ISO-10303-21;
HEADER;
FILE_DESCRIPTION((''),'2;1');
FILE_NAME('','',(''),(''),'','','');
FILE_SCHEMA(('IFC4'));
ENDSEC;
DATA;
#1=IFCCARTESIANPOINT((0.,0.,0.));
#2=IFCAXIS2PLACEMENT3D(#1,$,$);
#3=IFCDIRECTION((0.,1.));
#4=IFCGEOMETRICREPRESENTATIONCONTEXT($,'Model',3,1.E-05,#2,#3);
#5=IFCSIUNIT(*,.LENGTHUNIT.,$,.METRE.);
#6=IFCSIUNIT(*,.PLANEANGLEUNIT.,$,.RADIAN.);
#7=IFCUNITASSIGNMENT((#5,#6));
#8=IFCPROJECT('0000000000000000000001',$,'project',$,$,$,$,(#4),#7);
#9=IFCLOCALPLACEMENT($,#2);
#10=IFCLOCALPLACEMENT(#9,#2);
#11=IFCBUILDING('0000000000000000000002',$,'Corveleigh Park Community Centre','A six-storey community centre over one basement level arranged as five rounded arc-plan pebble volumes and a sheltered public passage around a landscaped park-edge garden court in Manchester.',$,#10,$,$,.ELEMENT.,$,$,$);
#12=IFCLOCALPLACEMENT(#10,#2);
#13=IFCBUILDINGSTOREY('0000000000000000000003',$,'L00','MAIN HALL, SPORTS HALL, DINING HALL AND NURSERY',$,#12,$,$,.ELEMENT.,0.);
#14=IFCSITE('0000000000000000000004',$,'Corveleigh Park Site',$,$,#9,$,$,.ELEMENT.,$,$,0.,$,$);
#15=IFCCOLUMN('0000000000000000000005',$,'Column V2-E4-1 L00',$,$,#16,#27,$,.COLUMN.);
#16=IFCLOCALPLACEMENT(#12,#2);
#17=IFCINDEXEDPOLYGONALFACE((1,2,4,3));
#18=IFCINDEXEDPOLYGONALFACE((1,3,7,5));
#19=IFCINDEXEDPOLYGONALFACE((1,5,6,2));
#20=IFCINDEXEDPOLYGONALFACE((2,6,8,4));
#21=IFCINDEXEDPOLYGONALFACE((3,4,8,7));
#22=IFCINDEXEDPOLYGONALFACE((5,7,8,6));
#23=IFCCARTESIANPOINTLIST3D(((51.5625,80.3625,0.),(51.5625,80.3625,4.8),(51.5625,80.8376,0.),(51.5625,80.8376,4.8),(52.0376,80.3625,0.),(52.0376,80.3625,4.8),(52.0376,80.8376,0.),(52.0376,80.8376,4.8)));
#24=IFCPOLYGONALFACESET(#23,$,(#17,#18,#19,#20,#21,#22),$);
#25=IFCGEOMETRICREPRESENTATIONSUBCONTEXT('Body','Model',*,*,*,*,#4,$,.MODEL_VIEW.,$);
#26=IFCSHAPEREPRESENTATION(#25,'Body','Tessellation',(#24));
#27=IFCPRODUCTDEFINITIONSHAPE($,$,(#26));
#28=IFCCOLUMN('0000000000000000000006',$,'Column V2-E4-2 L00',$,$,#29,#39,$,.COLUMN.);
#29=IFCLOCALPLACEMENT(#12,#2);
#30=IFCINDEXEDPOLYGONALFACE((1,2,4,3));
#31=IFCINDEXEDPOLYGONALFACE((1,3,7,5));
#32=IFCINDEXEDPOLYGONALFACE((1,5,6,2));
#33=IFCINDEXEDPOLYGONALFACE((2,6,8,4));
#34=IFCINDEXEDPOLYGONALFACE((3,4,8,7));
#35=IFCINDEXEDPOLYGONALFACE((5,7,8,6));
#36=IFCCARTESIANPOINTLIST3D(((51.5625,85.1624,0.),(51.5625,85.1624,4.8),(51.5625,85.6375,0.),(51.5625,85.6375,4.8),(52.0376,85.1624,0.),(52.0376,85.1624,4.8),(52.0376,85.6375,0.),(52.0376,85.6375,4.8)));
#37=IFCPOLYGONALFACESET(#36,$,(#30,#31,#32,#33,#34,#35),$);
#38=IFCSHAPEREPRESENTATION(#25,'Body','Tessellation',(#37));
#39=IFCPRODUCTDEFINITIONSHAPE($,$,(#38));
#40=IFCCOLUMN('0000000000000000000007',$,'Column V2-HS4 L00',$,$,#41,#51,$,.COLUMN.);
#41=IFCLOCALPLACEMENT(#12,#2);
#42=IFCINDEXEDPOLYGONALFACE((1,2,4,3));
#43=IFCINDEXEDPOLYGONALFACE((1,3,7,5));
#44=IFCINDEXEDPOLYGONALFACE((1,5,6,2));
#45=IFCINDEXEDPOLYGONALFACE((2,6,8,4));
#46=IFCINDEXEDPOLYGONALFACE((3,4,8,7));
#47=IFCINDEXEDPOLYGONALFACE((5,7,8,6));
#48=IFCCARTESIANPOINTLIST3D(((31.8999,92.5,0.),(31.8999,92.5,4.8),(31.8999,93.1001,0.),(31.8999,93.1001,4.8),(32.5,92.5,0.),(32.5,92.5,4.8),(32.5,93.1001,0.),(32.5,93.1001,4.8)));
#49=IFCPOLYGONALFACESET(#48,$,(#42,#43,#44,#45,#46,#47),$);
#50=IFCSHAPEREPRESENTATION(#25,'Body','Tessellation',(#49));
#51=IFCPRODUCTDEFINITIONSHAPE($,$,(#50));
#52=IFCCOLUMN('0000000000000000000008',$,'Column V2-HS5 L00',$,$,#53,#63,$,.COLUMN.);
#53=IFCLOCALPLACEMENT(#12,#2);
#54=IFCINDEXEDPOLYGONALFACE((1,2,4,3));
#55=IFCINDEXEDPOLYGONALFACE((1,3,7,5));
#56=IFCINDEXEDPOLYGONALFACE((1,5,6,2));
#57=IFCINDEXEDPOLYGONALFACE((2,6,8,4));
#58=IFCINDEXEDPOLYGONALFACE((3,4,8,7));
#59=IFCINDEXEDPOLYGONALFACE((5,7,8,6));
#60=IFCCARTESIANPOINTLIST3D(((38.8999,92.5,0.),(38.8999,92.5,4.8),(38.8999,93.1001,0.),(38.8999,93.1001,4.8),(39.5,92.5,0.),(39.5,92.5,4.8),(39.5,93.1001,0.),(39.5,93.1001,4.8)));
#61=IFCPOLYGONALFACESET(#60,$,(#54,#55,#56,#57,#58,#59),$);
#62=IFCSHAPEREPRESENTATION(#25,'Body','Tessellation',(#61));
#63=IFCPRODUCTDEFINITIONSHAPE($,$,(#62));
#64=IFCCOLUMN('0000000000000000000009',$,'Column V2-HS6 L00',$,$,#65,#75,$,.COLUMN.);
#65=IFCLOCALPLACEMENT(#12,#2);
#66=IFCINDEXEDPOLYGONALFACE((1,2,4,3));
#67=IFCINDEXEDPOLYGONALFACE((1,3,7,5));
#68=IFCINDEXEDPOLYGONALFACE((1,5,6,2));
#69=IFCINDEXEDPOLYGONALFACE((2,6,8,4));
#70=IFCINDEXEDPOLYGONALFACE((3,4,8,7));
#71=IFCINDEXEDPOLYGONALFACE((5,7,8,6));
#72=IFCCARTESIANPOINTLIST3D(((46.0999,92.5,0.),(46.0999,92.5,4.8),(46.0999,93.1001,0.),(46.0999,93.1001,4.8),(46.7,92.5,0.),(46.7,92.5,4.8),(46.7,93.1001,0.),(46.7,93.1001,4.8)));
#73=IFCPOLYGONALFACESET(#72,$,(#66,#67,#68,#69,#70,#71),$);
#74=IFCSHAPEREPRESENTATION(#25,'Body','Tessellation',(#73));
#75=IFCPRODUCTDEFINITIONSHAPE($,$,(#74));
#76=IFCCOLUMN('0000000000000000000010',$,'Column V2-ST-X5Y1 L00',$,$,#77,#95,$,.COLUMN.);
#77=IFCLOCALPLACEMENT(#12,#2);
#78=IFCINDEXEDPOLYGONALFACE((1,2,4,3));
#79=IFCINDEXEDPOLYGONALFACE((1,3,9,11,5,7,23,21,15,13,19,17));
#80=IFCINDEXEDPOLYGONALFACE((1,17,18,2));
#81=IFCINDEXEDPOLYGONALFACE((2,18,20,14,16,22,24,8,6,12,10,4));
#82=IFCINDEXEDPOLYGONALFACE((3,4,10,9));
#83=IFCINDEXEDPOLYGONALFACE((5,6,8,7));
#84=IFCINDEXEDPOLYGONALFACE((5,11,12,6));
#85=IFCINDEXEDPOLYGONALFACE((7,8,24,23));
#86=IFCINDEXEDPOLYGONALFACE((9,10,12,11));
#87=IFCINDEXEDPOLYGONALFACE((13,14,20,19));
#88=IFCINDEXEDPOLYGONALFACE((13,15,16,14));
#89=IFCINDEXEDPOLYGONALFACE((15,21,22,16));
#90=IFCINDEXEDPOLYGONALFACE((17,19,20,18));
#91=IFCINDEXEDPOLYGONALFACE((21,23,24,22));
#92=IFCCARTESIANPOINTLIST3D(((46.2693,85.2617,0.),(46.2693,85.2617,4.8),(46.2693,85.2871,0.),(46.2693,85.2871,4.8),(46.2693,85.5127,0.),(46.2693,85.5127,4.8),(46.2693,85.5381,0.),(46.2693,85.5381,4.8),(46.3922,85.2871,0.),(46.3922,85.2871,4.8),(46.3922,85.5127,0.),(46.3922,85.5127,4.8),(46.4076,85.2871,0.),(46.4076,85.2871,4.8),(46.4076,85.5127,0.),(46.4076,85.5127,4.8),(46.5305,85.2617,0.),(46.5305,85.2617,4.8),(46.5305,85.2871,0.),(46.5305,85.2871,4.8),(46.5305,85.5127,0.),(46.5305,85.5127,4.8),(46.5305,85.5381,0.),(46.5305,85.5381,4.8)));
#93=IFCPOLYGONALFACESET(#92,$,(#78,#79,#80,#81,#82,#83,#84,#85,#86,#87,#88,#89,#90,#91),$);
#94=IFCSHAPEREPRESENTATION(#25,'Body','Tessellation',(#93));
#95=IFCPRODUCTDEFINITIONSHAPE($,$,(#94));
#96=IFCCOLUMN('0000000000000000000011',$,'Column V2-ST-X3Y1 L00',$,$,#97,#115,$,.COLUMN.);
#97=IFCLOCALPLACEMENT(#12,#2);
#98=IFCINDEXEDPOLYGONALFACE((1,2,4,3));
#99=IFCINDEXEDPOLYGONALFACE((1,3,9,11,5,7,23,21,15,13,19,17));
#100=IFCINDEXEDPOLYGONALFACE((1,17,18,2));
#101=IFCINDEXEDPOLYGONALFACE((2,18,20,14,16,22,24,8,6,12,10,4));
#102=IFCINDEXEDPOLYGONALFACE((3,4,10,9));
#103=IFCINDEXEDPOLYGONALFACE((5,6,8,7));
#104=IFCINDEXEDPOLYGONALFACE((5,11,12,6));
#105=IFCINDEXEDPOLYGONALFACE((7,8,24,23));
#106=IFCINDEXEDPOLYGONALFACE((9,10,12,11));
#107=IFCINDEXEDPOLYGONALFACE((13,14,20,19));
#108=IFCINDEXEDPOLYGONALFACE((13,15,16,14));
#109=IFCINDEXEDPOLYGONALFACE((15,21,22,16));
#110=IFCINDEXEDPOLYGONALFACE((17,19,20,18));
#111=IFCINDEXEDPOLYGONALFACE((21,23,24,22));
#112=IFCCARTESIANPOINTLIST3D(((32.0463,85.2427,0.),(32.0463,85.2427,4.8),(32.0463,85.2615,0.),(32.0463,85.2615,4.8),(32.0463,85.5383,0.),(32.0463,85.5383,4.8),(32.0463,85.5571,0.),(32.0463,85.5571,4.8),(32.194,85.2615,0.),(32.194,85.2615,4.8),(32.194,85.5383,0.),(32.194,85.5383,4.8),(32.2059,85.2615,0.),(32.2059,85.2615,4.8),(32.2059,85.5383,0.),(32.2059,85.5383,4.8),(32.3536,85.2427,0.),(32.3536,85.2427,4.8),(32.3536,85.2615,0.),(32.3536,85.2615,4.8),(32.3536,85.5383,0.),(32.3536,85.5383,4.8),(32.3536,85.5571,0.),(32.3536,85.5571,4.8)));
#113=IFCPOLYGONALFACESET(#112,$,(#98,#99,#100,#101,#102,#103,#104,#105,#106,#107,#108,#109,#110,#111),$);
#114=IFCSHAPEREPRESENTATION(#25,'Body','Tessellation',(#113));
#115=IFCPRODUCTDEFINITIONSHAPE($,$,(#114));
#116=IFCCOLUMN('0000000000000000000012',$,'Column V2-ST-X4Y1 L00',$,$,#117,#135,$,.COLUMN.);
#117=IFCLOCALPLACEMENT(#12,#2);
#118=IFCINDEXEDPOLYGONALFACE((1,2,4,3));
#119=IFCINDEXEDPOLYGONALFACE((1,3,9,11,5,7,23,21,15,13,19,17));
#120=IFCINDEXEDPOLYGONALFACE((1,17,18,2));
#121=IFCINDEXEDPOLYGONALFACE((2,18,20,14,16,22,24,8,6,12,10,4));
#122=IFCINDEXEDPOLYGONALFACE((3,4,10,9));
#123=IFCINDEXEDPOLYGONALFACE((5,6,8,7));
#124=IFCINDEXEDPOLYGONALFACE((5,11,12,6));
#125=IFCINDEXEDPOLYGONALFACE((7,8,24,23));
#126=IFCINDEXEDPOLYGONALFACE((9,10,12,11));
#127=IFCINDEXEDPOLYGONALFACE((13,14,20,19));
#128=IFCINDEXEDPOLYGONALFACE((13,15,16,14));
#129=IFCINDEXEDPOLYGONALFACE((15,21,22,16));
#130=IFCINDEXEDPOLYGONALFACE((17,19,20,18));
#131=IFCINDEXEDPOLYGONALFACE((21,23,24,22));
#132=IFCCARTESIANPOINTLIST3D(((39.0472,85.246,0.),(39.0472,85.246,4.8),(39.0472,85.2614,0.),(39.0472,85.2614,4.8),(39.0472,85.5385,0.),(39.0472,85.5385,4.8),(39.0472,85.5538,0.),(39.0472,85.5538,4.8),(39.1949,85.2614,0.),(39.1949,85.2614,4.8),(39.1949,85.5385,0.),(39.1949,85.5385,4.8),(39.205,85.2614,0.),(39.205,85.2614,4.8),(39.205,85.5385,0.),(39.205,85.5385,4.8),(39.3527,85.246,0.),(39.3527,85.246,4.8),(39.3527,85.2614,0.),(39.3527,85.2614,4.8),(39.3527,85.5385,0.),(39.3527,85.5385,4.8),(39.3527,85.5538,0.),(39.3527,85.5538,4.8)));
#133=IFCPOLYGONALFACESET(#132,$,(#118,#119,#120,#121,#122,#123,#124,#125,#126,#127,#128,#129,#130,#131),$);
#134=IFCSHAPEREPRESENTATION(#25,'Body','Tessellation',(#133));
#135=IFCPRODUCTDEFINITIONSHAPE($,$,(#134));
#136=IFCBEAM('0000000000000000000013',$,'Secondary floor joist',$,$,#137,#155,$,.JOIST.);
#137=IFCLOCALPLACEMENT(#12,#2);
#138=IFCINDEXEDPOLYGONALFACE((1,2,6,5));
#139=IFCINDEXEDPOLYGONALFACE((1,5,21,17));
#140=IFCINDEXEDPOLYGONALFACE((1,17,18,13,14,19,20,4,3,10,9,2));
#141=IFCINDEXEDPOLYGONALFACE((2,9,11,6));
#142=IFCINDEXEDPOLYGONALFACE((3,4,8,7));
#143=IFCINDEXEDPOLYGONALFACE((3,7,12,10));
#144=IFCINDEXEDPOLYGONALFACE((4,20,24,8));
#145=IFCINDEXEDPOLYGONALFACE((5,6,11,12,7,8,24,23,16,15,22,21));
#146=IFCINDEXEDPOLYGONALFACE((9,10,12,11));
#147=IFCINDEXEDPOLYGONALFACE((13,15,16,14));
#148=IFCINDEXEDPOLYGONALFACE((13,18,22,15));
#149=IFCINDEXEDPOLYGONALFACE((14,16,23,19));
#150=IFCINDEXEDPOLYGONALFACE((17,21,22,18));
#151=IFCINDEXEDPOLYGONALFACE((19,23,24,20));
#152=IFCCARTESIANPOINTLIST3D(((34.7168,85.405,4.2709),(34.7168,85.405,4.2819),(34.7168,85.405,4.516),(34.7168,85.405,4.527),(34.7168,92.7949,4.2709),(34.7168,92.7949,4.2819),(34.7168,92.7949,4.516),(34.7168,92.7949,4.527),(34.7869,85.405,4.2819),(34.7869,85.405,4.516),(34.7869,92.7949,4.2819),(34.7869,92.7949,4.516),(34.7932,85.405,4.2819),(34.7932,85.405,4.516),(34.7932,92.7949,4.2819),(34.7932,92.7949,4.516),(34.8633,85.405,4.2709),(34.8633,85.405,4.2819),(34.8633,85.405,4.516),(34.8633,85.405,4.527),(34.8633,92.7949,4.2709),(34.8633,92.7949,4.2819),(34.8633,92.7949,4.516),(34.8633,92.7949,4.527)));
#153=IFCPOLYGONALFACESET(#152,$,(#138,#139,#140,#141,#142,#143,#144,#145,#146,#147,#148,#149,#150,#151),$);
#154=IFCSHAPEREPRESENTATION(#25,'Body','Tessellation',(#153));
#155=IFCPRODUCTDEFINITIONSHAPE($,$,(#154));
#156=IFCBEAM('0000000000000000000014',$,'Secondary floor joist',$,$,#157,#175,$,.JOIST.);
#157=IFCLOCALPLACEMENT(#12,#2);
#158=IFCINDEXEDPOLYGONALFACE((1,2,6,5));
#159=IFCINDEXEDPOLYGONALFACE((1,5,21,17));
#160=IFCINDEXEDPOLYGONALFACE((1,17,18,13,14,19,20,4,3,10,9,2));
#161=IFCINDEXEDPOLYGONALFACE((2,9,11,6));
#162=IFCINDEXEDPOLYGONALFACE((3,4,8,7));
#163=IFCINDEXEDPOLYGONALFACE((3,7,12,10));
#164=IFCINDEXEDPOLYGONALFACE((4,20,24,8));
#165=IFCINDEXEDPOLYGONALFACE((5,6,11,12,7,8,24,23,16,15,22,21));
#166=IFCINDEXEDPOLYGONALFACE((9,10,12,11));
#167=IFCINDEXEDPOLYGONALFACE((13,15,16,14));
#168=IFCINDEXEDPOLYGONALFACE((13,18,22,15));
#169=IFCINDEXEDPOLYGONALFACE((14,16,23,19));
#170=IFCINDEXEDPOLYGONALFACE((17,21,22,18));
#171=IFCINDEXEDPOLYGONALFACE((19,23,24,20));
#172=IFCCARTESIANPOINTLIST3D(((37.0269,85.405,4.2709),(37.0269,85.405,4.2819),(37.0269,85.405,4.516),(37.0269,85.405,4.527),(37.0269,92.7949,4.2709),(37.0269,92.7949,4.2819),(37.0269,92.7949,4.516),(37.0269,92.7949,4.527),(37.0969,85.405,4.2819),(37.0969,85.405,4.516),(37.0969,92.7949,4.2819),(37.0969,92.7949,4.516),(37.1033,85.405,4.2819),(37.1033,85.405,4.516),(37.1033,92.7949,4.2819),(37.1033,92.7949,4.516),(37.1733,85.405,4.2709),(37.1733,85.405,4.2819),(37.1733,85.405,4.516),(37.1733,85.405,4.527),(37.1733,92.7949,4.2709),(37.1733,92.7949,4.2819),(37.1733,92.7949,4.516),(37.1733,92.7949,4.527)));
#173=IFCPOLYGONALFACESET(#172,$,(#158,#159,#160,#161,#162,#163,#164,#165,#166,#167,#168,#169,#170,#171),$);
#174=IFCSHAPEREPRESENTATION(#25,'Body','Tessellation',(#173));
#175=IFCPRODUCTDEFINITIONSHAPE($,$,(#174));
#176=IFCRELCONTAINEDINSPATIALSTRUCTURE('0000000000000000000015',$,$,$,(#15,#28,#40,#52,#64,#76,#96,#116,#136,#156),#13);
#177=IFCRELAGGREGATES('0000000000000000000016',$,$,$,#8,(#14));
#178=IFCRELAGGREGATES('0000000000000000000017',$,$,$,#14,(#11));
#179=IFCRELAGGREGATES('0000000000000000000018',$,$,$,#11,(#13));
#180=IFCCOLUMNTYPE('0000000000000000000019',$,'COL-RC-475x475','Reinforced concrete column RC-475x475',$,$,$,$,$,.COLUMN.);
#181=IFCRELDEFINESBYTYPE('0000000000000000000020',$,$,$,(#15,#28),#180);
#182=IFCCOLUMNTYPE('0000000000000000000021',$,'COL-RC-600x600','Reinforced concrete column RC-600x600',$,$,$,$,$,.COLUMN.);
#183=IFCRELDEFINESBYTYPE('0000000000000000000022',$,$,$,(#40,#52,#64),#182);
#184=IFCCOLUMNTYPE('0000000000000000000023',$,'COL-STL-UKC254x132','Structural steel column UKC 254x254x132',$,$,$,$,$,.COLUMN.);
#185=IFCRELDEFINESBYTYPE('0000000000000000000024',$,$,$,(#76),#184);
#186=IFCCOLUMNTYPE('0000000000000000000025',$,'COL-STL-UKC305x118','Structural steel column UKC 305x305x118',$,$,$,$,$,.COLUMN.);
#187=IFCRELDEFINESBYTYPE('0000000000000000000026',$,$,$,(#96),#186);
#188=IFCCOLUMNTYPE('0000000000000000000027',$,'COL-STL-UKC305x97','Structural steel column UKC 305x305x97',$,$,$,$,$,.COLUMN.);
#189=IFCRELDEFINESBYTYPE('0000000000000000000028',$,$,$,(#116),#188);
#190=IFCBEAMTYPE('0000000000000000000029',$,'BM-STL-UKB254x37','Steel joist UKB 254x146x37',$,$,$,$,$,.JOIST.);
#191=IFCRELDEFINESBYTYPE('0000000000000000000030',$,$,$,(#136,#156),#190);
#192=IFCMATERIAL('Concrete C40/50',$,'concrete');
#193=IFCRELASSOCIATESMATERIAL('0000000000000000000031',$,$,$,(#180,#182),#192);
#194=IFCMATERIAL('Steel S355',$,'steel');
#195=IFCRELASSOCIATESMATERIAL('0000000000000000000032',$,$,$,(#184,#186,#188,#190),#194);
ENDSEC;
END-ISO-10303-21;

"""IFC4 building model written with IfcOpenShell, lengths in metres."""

from ifc_helpers import new_model, si_unit, direction, frame, origin, origin_2d, place, context, subcontext, project, spatial, rectangle, i_section, extrude, material, material_profile, profile_set, type_object, element, save


model = new_model("IFC4")

# Units and contexts
model_context = context("Model", 3, precision=1e-05, world=origin(), true_north=direction((0.0, 1.0)))
body_context = subcontext(model_context, "Body", "Model", "MODEL_VIEW")
ifc_project = project(units=[si_unit("LENGTHUNIT", "METRE"), si_unit("PLANEANGLEUNIT", "RADIAN")], contexts=[model_context])

# Site, building, storey
site_placement = place(None, origin())
site = spatial("IfcSite", under=ifc_project, at=site_placement, Name="Corveleigh Park Site", CompositionType="ELEMENT", RefElevation=0.0)
building_placement = place(site_placement, origin())
building = spatial("IfcBuilding", under=site, at=building_placement, Name="Corveleigh Park Community Centre", Description="A six-storey community centre over one basement level arranged as five rounded arc-plan pebble volumes and a sheltered public passage around a landscaped park-edge garden court in Manchester.", CompositionType="ELEMENT")
storey_placement = place(building_placement, origin())
storey = spatial("IfcBuildingStorey", under=building, at=storey_placement, Name="L00", Description="MAIN HALL, SPORTS HALL, DINING HALL AND NURSERY", CompositionType="ELEMENT", Elevation=0.0)

# Columns
ifc_material_1 = material(Name="Concrete C40/50", Category="concrete")
ifc_material_profile_1 = material_profile(ifc_material_1, rectangle(XDim=0.4751, YDim=0.4751, at=origin_2d()), Name="RC-475x475", Category="concrete")
ifc_profile_set_1 = profile_set([ifc_material_profile_1], Name="Concrete C40/50")
column_type_1 = type_object("IfcColumnType", Name="COL-RC-475x475", Description="Reinforced concrete column RC-475x475", PredefinedType="COLUMN", material=ifc_profile_set_1)
for number, where, z_axis, x_axis, name in (
    (1, (51.8, 80.6001, 0.0), (0.0, 0.0, 1.0), (1.0, 0.0, 0.0), "Column V2-E4-1 L00"),
    (2, (51.8, 85.3999, 0.0), (0.0, 0.0, 1.0), (1.0, 0.0, 0.0), "Column V2-E4-2 L00"),
):
    element("IfcColumn", number, at=place(storey_placement, frame(where, z_axis=z_axis, x_axis=x_axis)), inside=storey, type_object=column_type_1, Name=name, PredefinedType="COLUMN", context=body_context, shape_type="SweptSolid", body=[
        extrude(rectangle(XDim=0.4751, YDim=0.4751, at=origin_2d()), origin(), (0.0, 0.0, 1.0), 4.8),
    ])
ifc_material_profile_2 = material_profile(ifc_material_1, rectangle(XDim=0.6001, YDim=0.6001, at=origin_2d()), Name="RC-600x600", Category="concrete")
ifc_profile_set_2 = profile_set([ifc_material_profile_2], Name="Concrete C40/50")
column_type_2 = type_object("IfcColumnType", Name="COL-RC-600x600", Description="Reinforced concrete column RC-600x600", PredefinedType="COLUMN", material=ifc_profile_set_2)
for number, where, z_axis, x_axis, name in (
    (3, (32.2, 92.8, 0.0), (0.0, 0.0, 1.0), (1.0, 0.0, 0.0), "Column V2-HS4 L00"),
    (4, (39.2, 92.8, 0.0), (0.0, 0.0, 1.0), (1.0, 0.0, 0.0), "Column V2-HS5 L00"),
    (5, (46.3999, 92.8, 0.0), (0.0, 0.0, 1.0), (1.0, 0.0, 0.0), "Column V2-HS6 L00"),
):
    element("IfcColumn", number, at=place(storey_placement, frame(where, z_axis=z_axis, x_axis=x_axis)), inside=storey, type_object=column_type_2, Name=name, PredefinedType="COLUMN", context=body_context, shape_type="SweptSolid", body=[
        extrude(rectangle(XDim=0.6001, YDim=0.6001, at=origin_2d()), origin(), (0.0, 0.0, 1.0), 4.8),
    ])
ifc_material_2 = material(Name="Steel S355", Category="steel")
ifc_material_profile_3 = material_profile(ifc_material_2, i_section(OverallWidth=0.2612, OverallDepth=0.2764, WebThickness=0.0154, FlangeThickness=0.0254, at=origin_2d()), Name="UKC 254x254x132", Category="steel")
ifc_profile_set_3 = profile_set([ifc_material_profile_3], Name="Steel S355")
column_type_3 = type_object("IfcColumnType", Name="COL-STL-UKC254x132", Description="Structural steel column UKC 254x254x132", PredefinedType="COLUMN", material=ifc_profile_set_3)
column_1_placement = place(storey_placement, frame((46.3999, 85.3999, 0.0), z_axis=(0.0, 0.0, 1.0), x_axis=(1.0, 0.0, 0.0)))
element("IfcColumn", 6, at=column_1_placement, inside=storey, type_object=column_type_3, Name="Column V2-ST-X5Y1 L00", PredefinedType="COLUMN", context=body_context, shape_type="SweptSolid", body=[
    extrude(i_section(OverallWidth=0.2612, OverallDepth=0.2764, WebThickness=0.0154, FlangeThickness=0.0254, at=origin_2d()), origin(), (0.0, 0.0, 1.0), 4.8),
])
ifc_material_profile_4 = material_profile(ifc_material_2, i_section(OverallWidth=0.3074, OverallDepth=0.3145, WebThickness=0.012, FlangeThickness=0.0188, at=origin_2d()), Name="UKC 305x305x118", Category="steel")
ifc_profile_set_4 = profile_set([ifc_material_profile_4], Name="Steel S355")
column_type_4 = type_object("IfcColumnType", Name="COL-STL-UKC305x118", Description="Structural steel column UKC 305x305x118", PredefinedType="COLUMN", material=ifc_profile_set_4)
column_2_placement = place(storey_placement, frame((32.2, 85.3999, 0.0), z_axis=(0.0, 0.0, 1.0), x_axis=(1.0, 0.0, 0.0)))
element("IfcColumn", 7, at=column_2_placement, inside=storey, type_object=column_type_4, Name="Column V2-ST-X3Y1 L00", PredefinedType="COLUMN", context=body_context, shape_type="SweptSolid", body=[
    extrude(i_section(OverallWidth=0.3074, OverallDepth=0.3145, WebThickness=0.012, FlangeThickness=0.0188, at=origin_2d()), origin(), (0.0, 0.0, 1.0), 4.8),
])
ifc_material_profile_5 = material_profile(ifc_material_2, i_section(OverallWidth=0.3054, OverallDepth=0.3079, WebThickness=0.01, FlangeThickness=0.0154, at=origin_2d()), Name="UKC 305x305x97", Category="steel")
ifc_profile_set_5 = profile_set([ifc_material_profile_5], Name="Steel S355")
column_type_5 = type_object("IfcColumnType", Name="COL-STL-UKC305x97", Description="Structural steel column UKC 305x305x97", PredefinedType="COLUMN", material=ifc_profile_set_5)
column_3_placement = place(storey_placement, frame((39.2, 85.3999, 0.0), z_axis=(0.0, 0.0, 1.0), x_axis=(1.0, 0.0, 0.0)))
element("IfcColumn", 8, at=column_3_placement, inside=storey, type_object=column_type_5, Name="Column V2-ST-X4Y1 L00", PredefinedType="COLUMN", context=body_context, shape_type="SweptSolid", body=[
    extrude(i_section(OverallWidth=0.3054, OverallDepth=0.3079, WebThickness=0.01, FlangeThickness=0.0154, at=origin_2d()), origin(), (0.0, 0.0, 1.0), 4.8),
])

# Beams
ifc_material_profile_6 = material_profile(ifc_material_2, i_section(OverallWidth=0.1465, OverallDepth=0.2561, WebThickness=0.0063, FlangeThickness=0.011, at=origin_2d()), Name="UKB 254x146x37", Category="steel")
ifc_profile_set_6 = profile_set([ifc_material_profile_6], Name="Steel S355")
beam_type_1 = type_object("IfcBeamType", Name="BM-STL-UKB254x37", Description="Steel joist UKB 254x146x37", PredefinedType="JOIST", material=ifc_profile_set_6)
for number, where, z_axis, x_axis, name in (
    (9, (34.79, 85.405, 4.3989), (0.0, 1.0, 0.0), (-1.0, 0.0, 0.0), "Secondary floor joist"),
    (10, (37.1001, 85.405, 4.3989), (0.0, 1.0, 0.0), (-1.0, 0.0, 0.0), "Secondary floor joist"),
):
    element("IfcBeam", number, at=place(storey_placement, frame(where, z_axis=z_axis, x_axis=x_axis)), inside=storey, type_object=beam_type_1, Name=name, PredefinedType="JOIST", context=body_context, shape_type="SweptSolid", body=[
        extrude(i_section(OverallWidth=0.1465, OverallDepth=0.2561, WebThickness=0.0063, FlangeThickness=0.011, at=origin_2d()), origin(), (0.0, 0.0, 1.0), 7.3899),
    ])

save(model, "model.ifc")
